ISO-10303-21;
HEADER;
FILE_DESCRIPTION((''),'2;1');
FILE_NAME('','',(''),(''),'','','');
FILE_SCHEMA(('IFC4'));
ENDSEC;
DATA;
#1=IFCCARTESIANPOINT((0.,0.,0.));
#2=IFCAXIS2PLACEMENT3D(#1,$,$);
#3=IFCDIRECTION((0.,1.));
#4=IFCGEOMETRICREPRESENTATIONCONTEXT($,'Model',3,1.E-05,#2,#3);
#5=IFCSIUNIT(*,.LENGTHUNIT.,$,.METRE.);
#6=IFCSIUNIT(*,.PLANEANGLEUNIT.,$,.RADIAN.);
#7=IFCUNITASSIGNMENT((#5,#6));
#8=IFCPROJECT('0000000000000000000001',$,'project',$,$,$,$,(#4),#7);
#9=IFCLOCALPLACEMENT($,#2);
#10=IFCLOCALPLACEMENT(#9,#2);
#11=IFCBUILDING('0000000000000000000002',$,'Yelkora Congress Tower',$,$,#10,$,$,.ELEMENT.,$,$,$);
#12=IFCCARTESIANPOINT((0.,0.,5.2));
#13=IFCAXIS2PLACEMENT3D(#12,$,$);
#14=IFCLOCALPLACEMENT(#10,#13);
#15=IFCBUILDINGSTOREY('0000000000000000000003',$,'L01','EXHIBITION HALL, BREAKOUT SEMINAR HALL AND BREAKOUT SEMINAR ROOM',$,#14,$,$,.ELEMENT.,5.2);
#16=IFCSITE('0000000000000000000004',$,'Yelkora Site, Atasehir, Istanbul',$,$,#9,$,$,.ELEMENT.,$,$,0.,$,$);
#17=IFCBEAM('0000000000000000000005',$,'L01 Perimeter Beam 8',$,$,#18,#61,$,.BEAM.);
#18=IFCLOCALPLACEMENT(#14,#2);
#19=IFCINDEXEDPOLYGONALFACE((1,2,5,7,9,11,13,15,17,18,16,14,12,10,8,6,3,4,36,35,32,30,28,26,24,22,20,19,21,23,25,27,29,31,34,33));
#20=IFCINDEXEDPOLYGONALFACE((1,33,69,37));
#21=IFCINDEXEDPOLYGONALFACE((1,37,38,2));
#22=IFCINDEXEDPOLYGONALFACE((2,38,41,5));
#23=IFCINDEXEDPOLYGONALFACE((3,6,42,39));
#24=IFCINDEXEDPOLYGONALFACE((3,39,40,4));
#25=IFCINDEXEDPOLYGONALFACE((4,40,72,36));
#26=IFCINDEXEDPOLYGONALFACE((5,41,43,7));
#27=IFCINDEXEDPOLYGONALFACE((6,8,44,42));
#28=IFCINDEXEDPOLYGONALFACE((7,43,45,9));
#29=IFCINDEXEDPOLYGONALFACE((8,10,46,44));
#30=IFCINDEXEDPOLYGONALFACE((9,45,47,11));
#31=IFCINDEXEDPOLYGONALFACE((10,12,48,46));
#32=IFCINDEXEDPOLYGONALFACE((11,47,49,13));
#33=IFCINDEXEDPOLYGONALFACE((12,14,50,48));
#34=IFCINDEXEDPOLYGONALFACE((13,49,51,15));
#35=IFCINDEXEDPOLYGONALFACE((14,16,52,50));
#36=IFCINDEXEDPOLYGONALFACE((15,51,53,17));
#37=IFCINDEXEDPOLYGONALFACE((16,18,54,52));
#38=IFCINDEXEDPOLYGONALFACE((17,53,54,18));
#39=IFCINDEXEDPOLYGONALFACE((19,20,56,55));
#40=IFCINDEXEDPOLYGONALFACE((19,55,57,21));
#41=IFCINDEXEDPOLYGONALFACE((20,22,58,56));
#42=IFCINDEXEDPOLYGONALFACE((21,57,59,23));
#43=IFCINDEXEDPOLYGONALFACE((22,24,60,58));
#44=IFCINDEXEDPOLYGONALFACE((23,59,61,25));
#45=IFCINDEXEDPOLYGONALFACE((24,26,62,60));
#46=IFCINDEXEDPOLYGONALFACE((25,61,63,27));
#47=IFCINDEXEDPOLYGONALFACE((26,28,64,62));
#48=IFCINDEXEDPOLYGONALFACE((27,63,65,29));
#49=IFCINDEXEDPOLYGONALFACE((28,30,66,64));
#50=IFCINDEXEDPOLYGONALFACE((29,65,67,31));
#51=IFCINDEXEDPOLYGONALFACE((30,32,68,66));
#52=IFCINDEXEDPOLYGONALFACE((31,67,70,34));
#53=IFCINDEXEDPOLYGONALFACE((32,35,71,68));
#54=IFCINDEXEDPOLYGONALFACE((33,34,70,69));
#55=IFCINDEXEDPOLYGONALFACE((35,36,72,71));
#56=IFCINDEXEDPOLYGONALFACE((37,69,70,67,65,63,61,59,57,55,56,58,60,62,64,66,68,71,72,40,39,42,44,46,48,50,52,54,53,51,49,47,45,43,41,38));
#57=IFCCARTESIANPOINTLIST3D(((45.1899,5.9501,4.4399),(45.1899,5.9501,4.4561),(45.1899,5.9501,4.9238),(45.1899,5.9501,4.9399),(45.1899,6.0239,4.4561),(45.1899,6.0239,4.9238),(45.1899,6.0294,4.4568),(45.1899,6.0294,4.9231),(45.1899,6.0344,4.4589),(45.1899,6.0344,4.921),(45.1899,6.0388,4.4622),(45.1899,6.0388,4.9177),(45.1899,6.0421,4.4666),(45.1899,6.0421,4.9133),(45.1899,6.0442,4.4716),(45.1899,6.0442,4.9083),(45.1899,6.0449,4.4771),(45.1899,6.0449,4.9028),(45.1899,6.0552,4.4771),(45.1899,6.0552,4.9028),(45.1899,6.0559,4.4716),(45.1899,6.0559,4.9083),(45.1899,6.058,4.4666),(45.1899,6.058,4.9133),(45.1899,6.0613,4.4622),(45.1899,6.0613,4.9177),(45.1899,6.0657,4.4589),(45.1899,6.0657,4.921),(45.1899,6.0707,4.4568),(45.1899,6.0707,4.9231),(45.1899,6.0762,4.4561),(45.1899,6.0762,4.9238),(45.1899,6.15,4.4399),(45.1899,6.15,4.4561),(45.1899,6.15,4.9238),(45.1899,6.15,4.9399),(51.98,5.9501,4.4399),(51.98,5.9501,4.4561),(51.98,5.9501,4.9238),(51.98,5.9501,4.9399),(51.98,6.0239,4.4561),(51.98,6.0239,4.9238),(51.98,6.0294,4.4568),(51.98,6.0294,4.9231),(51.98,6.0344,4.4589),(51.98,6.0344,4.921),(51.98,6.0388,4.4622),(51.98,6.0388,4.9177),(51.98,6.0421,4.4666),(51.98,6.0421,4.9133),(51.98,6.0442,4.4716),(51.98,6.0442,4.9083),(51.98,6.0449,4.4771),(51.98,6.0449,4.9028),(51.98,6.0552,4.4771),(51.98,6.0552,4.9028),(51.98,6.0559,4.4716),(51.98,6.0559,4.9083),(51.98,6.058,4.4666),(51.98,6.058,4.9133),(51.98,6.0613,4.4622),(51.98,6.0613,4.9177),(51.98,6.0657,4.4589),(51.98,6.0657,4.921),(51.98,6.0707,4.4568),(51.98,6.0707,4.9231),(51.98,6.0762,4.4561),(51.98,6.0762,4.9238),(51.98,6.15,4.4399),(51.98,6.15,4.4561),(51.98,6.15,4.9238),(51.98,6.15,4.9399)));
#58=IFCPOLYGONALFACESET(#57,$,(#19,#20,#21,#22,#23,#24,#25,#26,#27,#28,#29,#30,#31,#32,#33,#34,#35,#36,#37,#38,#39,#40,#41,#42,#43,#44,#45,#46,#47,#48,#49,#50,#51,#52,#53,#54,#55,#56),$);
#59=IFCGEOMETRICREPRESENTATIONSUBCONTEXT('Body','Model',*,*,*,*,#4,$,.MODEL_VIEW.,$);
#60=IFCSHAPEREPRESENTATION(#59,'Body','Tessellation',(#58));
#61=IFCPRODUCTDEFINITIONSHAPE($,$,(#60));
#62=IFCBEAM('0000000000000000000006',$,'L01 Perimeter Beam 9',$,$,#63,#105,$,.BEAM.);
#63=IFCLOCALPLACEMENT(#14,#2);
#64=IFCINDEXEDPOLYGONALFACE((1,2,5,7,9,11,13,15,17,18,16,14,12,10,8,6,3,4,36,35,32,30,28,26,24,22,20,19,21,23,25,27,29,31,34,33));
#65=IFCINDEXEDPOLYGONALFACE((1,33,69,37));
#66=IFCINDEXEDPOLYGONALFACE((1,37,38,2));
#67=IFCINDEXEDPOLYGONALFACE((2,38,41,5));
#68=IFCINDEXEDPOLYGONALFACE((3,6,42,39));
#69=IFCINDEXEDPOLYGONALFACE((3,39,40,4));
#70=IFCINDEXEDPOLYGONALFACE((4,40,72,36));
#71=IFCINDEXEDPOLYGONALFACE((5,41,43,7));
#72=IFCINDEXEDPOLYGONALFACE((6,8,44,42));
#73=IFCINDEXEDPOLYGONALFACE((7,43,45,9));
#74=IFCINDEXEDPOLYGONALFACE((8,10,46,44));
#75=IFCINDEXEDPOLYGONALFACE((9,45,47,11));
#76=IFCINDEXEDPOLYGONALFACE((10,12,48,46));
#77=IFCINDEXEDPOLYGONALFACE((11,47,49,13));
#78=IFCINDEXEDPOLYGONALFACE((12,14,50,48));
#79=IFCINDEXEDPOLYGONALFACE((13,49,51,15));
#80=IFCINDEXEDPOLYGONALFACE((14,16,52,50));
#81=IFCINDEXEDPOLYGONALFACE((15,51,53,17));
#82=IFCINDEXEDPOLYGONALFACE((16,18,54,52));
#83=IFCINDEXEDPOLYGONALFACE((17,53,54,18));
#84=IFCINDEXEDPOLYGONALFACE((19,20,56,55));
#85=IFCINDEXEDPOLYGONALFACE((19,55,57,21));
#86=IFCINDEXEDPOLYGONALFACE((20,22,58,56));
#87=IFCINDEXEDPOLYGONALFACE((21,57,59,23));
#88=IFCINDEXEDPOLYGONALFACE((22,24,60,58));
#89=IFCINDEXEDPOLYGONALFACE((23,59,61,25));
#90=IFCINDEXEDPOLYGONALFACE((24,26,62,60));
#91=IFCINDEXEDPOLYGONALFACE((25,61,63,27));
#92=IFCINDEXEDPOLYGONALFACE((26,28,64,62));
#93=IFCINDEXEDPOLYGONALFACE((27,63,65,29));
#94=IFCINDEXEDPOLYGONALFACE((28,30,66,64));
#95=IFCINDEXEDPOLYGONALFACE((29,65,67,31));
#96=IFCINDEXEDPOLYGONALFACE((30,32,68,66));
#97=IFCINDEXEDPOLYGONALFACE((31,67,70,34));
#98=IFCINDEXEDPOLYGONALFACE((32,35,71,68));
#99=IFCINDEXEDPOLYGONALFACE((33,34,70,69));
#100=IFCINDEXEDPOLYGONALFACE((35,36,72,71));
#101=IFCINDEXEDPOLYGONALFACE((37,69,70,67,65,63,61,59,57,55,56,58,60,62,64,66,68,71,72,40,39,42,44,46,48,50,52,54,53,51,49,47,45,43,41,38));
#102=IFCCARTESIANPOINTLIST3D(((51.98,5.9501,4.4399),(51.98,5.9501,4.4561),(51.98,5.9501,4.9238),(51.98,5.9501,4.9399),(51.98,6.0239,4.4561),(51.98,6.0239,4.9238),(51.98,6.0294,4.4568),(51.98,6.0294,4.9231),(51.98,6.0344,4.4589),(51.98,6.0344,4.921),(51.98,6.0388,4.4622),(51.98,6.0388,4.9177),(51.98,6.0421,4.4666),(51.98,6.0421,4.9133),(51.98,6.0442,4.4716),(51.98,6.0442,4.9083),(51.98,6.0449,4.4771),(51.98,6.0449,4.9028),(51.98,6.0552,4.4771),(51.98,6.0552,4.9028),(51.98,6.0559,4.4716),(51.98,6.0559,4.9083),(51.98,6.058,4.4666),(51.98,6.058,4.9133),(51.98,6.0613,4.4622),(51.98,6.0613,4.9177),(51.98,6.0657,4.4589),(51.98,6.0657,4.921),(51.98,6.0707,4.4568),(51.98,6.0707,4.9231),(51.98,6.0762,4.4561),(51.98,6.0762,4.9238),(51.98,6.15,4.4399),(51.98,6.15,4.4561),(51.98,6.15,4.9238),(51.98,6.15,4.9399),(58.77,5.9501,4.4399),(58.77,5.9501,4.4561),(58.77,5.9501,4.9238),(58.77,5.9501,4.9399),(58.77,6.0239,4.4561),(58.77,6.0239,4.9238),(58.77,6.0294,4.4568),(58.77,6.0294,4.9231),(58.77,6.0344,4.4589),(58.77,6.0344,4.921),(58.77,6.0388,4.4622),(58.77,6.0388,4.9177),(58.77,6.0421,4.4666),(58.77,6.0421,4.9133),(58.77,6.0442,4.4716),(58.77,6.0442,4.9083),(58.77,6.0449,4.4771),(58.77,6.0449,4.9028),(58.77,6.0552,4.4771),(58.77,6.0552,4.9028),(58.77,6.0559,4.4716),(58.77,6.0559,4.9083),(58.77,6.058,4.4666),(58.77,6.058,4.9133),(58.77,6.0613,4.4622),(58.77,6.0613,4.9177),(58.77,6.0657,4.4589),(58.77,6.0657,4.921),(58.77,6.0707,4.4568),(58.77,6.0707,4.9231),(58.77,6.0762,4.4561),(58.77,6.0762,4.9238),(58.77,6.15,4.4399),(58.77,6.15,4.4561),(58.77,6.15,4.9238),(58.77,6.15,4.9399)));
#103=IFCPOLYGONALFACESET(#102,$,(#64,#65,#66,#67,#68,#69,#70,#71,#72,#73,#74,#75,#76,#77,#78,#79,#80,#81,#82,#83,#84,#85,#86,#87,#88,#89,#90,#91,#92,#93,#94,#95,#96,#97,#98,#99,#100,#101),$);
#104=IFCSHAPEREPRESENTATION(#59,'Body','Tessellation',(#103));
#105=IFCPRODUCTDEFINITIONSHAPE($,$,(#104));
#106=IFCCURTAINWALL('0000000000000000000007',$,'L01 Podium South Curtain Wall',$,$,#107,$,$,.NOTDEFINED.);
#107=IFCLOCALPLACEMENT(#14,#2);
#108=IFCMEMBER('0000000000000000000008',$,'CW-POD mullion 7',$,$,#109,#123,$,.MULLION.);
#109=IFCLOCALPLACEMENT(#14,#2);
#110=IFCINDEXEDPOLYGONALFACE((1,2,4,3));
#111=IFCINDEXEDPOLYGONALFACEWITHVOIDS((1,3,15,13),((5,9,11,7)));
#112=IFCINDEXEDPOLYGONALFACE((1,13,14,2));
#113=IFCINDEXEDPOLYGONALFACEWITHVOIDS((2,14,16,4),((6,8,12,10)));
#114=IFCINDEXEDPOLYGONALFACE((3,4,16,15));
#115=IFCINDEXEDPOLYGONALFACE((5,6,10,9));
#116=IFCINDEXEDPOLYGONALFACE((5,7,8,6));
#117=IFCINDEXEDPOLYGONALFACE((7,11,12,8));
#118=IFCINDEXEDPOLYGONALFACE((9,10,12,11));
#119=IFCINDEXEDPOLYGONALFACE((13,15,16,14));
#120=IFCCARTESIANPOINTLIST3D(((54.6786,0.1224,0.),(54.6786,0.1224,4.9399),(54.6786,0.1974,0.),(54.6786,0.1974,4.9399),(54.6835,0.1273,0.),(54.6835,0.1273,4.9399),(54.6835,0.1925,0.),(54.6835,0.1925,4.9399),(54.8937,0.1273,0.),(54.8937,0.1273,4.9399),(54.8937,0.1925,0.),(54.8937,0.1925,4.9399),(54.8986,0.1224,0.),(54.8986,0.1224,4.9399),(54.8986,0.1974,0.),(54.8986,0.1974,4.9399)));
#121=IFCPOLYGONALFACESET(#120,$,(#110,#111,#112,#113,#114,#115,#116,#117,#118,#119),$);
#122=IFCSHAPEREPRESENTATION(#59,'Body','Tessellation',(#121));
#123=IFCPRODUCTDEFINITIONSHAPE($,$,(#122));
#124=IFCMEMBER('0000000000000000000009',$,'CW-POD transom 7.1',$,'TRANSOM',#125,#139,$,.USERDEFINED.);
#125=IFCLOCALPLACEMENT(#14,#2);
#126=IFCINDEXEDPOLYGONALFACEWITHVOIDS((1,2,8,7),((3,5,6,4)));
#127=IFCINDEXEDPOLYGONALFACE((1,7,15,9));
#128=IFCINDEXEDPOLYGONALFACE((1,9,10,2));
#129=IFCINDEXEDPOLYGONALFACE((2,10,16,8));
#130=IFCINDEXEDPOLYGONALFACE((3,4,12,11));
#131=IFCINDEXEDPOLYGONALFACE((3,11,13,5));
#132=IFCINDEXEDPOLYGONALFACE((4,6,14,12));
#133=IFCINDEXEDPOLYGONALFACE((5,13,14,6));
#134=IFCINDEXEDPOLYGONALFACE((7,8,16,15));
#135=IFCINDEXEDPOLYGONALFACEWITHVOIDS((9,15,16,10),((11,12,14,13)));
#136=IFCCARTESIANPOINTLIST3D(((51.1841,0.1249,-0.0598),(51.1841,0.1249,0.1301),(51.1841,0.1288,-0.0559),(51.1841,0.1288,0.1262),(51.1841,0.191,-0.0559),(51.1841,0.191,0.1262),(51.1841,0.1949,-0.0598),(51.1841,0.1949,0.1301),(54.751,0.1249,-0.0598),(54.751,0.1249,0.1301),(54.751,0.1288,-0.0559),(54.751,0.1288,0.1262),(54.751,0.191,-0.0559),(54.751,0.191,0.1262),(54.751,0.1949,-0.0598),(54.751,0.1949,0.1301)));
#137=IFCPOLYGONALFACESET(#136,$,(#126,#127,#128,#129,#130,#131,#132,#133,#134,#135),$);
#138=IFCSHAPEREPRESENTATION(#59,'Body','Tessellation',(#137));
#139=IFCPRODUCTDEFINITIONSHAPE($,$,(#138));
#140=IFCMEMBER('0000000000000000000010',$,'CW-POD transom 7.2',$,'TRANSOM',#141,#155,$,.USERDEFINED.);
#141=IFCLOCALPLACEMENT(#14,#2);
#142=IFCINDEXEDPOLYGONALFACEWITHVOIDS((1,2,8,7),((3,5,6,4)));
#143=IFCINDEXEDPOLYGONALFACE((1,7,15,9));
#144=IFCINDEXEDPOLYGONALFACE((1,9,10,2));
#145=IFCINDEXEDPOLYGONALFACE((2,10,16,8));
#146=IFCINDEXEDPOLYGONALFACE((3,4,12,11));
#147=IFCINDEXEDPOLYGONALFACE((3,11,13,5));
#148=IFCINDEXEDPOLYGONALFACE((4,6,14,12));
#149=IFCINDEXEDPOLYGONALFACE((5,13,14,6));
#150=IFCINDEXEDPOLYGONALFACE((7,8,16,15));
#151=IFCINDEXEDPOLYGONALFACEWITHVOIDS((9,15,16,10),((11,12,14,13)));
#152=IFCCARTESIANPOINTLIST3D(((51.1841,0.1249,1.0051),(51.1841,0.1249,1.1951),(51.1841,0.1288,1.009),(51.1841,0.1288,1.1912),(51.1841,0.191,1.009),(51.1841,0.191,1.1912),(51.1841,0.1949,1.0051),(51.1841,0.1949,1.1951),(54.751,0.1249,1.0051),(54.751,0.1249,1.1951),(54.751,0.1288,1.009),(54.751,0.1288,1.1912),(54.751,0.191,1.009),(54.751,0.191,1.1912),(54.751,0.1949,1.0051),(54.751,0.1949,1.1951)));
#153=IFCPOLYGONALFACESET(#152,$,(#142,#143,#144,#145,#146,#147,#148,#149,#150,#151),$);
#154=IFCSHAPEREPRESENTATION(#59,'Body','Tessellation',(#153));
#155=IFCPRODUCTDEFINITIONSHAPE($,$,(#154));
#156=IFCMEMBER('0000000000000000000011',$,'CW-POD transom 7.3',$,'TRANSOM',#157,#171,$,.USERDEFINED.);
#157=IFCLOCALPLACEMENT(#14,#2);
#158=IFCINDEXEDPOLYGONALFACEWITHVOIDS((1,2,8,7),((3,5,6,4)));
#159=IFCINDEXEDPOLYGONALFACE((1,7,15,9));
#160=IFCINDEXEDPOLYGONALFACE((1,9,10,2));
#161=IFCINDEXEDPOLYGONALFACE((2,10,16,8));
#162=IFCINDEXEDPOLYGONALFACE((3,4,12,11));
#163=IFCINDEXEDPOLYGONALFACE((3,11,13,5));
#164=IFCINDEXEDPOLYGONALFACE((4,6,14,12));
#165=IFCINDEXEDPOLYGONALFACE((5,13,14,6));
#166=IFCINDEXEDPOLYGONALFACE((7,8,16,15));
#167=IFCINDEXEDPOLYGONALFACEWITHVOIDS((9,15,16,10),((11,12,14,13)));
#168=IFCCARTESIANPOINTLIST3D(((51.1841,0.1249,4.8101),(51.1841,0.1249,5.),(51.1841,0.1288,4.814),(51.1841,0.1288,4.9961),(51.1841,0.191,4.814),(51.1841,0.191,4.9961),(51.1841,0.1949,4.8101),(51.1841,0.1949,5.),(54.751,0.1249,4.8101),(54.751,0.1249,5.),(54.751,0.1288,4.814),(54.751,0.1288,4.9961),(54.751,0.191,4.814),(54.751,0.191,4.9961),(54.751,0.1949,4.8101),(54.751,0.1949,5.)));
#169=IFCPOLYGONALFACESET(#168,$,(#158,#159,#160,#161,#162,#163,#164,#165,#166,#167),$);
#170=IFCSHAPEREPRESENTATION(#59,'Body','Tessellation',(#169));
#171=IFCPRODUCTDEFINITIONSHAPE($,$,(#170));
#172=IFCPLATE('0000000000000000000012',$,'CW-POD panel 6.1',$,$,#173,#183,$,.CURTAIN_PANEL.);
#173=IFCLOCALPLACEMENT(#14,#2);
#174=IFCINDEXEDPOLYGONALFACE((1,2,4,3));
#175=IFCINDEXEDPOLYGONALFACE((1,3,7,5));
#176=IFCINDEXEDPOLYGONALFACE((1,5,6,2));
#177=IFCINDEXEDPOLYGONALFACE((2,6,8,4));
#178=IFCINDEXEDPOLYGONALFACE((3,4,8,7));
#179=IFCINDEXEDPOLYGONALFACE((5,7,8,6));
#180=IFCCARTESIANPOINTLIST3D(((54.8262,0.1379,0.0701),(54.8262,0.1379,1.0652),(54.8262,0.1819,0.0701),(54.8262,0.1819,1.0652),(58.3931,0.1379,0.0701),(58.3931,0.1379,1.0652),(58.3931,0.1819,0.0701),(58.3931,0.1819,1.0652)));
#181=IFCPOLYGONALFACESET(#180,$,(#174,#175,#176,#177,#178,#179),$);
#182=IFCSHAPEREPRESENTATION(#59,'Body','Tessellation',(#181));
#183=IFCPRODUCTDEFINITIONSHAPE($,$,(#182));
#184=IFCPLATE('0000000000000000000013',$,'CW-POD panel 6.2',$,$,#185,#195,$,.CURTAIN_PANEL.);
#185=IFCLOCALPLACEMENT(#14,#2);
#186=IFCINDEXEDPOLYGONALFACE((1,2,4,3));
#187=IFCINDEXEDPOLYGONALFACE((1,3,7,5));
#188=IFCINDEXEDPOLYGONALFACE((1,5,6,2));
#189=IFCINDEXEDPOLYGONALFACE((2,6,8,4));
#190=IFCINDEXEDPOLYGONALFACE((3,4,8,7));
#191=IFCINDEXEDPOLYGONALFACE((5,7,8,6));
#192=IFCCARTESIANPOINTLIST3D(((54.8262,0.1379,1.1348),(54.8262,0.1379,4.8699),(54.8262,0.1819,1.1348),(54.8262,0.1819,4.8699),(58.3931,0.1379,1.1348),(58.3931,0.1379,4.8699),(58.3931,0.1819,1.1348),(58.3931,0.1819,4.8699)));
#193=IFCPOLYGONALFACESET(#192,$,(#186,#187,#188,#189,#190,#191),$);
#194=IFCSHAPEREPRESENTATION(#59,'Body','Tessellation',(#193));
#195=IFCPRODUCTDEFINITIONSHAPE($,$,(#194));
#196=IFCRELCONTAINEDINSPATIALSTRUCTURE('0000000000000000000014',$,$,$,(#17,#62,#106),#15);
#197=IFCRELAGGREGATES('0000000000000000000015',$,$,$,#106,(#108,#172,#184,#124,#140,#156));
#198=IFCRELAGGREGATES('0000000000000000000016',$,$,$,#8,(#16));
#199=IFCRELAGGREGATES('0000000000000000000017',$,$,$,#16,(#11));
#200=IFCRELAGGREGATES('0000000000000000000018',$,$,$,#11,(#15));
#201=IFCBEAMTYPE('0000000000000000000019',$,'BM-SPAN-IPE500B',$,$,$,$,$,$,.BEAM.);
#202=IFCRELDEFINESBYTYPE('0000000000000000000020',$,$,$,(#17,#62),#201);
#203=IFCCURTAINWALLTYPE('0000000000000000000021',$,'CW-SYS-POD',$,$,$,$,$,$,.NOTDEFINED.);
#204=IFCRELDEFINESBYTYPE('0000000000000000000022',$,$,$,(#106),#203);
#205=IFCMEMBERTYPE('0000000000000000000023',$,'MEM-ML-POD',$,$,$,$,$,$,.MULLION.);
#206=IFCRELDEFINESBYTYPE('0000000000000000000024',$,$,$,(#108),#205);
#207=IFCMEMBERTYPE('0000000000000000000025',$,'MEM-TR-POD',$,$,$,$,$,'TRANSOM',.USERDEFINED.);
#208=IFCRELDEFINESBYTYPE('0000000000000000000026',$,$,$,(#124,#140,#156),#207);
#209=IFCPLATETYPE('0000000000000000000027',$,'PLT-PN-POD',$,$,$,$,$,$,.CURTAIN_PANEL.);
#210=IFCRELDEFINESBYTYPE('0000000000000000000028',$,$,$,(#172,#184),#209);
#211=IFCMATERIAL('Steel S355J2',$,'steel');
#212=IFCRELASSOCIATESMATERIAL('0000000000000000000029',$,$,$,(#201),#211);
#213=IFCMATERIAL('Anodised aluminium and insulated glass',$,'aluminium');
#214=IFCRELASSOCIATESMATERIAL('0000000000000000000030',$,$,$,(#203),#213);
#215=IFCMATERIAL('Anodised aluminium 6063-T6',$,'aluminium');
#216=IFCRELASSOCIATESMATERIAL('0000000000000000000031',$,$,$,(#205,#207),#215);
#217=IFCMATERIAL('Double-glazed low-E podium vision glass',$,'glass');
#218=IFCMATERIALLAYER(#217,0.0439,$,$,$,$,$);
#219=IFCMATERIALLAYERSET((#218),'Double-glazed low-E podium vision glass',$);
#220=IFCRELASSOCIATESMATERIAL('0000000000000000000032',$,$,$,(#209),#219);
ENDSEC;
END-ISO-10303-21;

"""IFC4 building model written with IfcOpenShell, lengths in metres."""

from ifc_helpers import new_model, si_unit, direction, frame, origin, origin_2d, place, context, subcontext, project, spatial, rectangle, hollow_rectangle, i_section, extrude, material, layer, layer_set, material_profile, profile_set, type_object, element, aggregate, save


model = new_model("IFC4")

# Units and contexts
model_context = context("Model", 3, precision=1e-05, world=origin(), true_north=direction((0.0, 1.0)))
body_context = subcontext(model_context, "Body", "Model", "MODEL_VIEW")
ifc_project = project(units=[si_unit("LENGTHUNIT", "METRE"), si_unit("PLANEANGLEUNIT", "RADIAN")], contexts=[model_context])

# Site, building, storey
site_placement = place(None, origin())
site = spatial("IfcSite", under=ifc_project, at=site_placement, Name="Yelkora Site, Atasehir, Istanbul", CompositionType="ELEMENT", RefElevation=0.0)
building_placement = place(site_placement, origin())
building = spatial("IfcBuilding", under=site, at=building_placement, Name="Yelkora Congress Tower", CompositionType="ELEMENT")
storey_placement = place(building_placement, frame((0.0, 0.0, 5.2)))
storey = spatial("IfcBuildingStorey", under=building, at=storey_placement, Name="L01", Description="EXHIBITION HALL, BREAKOUT SEMINAR HALL AND BREAKOUT SEMINAR ROOM", CompositionType="ELEMENT", Elevation=5.2)

# Beams
ifc_material_1 = material(Name="Steel S355J2", Category="steel")
ifc_material_profile_1 = material_profile(ifc_material_1, i_section(OverallWidth=0.2, OverallDepth=0.5, WebThickness=0.0103, FlangeThickness=0.0161, FilletRadius=0.021, at=origin_2d()), Name="IPE 500")
ifc_profile_set_1 = profile_set([ifc_material_profile_1], Name="Steel S355J2")
beam_type_1 = type_object("IfcBeamType", Name="BM-SPAN-IPE500B", PredefinedType="BEAM", material=ifc_profile_set_1)
for number, where, z_axis, x_axis, name in (
    (1, (45.1899, 6.05, 4.6899), (1.0, 0.0, 0.0), (0.0, 1.0, 0.0), "L01 Perimeter Beam 8"),
    (2, (51.98, 6.05, 4.6899), (1.0, 0.0, 0.0), (0.0, 1.0, 0.0), "L01 Perimeter Beam 9"),
):
    element("IfcBeam", number, at=place(storey_placement, frame(where, z_axis=z_axis, x_axis=x_axis)), inside=storey, type_object=beam_type_1, Name=name, PredefinedType="BEAM", context=body_context, shape_type="SweptSolid", body=[
        extrude(i_section(OverallWidth=0.2, OverallDepth=0.5, WebThickness=0.0103, FlangeThickness=0.0161, FilletRadius=0.021, at=origin_2d()), origin(), (0.0, 0.0, 1.0), 6.79),
    ])

# Curtain wall, members, plates
ifc_material_2 = material(Name="Anodised aluminium and insulated glass", Category="aluminium")
curtain_wall_type = type_object("IfcCurtainWallType", Name="CW-SYS-POD", PredefinedType="NOTDEFINED", material=ifc_material_2)
curtain_wall_placement = place(storey_placement, origin())
curtain_wall = element("IfcCurtainWall", 3, at=curtain_wall_placement, inside=storey, type_object=curtain_wall_type, Name="L01 Podium South Curtain Wall", PredefinedType="NOTDEFINED")
ifc_material_3 = material(Name="Anodised aluminium 6063-T6", Category="aluminium")
ifc_material_profile_2 = material_profile(ifc_material_3, hollow_rectangle(XDim=0.075, YDim=0.22, WallThickness=0.0049, at=origin_2d()), Name="ALU 75x220x5")
ifc_profile_set_2 = profile_set([ifc_material_profile_2], Name="Anodised aluminium 6063-T6")
member_type_1 = type_object("IfcMemberType", Name="MEM-ML-POD", PredefinedType="MULLION", material=ifc_profile_set_2)
member_1_placement = place(storey_placement, frame((54.7886, 0.1599, 0.0), z_axis=(0.0, 0.0, 1.0), x_axis=(0.0, -1.0, 0.0)))
member_1 = element("IfcMember", 4, at=member_1_placement, type_object=member_type_1, Name="CW-POD mullion 7", PredefinedType="MULLION", context=body_context, shape_type="SweptSolid", body=[
    extrude(hollow_rectangle(XDim=0.075, YDim=0.22, WallThickness=0.0049, at=origin_2d()), origin(), (0.0, 0.0, 1.0), 4.9399),
])
ifc_material_profile_3 = material_profile(ifc_material_3, hollow_rectangle(XDim=0.0701, YDim=0.1899, WallThickness=0.0039, at=origin_2d()), Name="ALU 70x190x4")
ifc_profile_set_3 = profile_set([ifc_material_profile_3], Name="Anodised aluminium 6063-T6")
member_type_2 = type_object("IfcMemberType", Name="MEM-TR-POD", ElementType="TRANSOM", PredefinedType="USERDEFINED", material=ifc_profile_set_3)
member_2_placement = place(storey_placement, frame((54.751, 0.1599, 0.0352), z_axis=(-1.0, 0.0, 0.0), x_axis=(0.0, -1.0, 0.0)))
member_2 = element("IfcMember", 5, at=member_2_placement, type_object=member_type_2, Name="CW-POD transom 7.1", ObjectType="TRANSOM", PredefinedType="USERDEFINED", context=body_context, shape_type="SweptSolid", body=[
    extrude(hollow_rectangle(XDim=0.0701, YDim=0.1899, WallThickness=0.0039, at=origin_2d()), origin(), (0.0, 0.0, 1.0), 3.5669),
])
member_3_placement = place(storey_placement, frame((54.751, 0.1599, 1.1001), z_axis=(-1.0, 0.0, 0.0), x_axis=(0.0, -1.0, 0.0)))
member_3 = element("IfcMember", 6, at=member_3_placement, type_object=member_type_2, Name="CW-POD transom 7.2", ObjectType="TRANSOM", PredefinedType="USERDEFINED", context=body_context, shape_type="SweptSolid", body=[
    extrude(hollow_rectangle(XDim=0.0701, YDim=0.1899, WallThickness=0.0039, at=origin_2d()), origin(), (0.0, 0.0, 1.0), 3.5669),
])
member_4_placement = place(storey_placement, frame((54.751, 0.1599, 4.905), z_axis=(-1.0, 0.0, 0.0), x_axis=(0.0, -1.0, 0.0)))
member_4 = element("IfcMember", 7, at=member_4_placement, type_object=member_type_2, Name="CW-POD transom 7.3", ObjectType="TRANSOM", PredefinedType="USERDEFINED", context=body_context, shape_type="SweptSolid", body=[
    extrude(hollow_rectangle(XDim=0.0701, YDim=0.1899, WallThickness=0.0039, at=origin_2d()), origin(), (0.0, 0.0, 1.0), 3.5669),
])
ifc_material_4 = material(Name="Double-glazed low-E podium vision glass", Category="glass")
ifc_layer_1 = layer(ifc_material_4, 0.0439)
ifc_layer_set_1 = layer_set([ifc_layer_1], Name="Double-glazed low-E podium vision glass")
plate_type = type_object("IfcPlateType", Name="PLT-PN-POD", PredefinedType="CURTAIN_PANEL", material=ifc_layer_set_1)
plate_1_placement = place(storey_placement, frame((56.6096, 0.1599, 0.0701), z_axis=(0.0, 0.0, 1.0), x_axis=(-1.0, 0.0, 0.0)))
plate_1 = element("IfcPlate", 8, at=plate_1_placement, type_object=plate_type, Name="CW-POD panel 6.1", PredefinedType="CURTAIN_PANEL", context=body_context, shape_type="SweptSolid", body=[
    extrude(rectangle(XDim=3.5669, YDim=0.0439, at=origin_2d()), origin(), (0.0, 0.0, 1.0), 0.9951),
])
plate_2_placement = place(storey_placement, frame((56.6096, 0.1599, 1.1348), z_axis=(0.0, 0.0, 1.0), x_axis=(-1.0, 0.0, 0.0)))
plate_2 = element("IfcPlate", 9, at=plate_2_placement, type_object=plate_type, Name="CW-POD panel 6.2", PredefinedType="CURTAIN_PANEL", context=body_context, shape_type="SweptSolid", body=[
    extrude(rectangle(XDim=3.5669, YDim=0.0439, at=origin_2d()), origin(), (0.0, 0.0, 1.0), 3.7351),
])
aggregate(curtain_wall, [member_1, plate_1, plate_2, member_2, member_3, member_4])

save(model, "model.ifc")
